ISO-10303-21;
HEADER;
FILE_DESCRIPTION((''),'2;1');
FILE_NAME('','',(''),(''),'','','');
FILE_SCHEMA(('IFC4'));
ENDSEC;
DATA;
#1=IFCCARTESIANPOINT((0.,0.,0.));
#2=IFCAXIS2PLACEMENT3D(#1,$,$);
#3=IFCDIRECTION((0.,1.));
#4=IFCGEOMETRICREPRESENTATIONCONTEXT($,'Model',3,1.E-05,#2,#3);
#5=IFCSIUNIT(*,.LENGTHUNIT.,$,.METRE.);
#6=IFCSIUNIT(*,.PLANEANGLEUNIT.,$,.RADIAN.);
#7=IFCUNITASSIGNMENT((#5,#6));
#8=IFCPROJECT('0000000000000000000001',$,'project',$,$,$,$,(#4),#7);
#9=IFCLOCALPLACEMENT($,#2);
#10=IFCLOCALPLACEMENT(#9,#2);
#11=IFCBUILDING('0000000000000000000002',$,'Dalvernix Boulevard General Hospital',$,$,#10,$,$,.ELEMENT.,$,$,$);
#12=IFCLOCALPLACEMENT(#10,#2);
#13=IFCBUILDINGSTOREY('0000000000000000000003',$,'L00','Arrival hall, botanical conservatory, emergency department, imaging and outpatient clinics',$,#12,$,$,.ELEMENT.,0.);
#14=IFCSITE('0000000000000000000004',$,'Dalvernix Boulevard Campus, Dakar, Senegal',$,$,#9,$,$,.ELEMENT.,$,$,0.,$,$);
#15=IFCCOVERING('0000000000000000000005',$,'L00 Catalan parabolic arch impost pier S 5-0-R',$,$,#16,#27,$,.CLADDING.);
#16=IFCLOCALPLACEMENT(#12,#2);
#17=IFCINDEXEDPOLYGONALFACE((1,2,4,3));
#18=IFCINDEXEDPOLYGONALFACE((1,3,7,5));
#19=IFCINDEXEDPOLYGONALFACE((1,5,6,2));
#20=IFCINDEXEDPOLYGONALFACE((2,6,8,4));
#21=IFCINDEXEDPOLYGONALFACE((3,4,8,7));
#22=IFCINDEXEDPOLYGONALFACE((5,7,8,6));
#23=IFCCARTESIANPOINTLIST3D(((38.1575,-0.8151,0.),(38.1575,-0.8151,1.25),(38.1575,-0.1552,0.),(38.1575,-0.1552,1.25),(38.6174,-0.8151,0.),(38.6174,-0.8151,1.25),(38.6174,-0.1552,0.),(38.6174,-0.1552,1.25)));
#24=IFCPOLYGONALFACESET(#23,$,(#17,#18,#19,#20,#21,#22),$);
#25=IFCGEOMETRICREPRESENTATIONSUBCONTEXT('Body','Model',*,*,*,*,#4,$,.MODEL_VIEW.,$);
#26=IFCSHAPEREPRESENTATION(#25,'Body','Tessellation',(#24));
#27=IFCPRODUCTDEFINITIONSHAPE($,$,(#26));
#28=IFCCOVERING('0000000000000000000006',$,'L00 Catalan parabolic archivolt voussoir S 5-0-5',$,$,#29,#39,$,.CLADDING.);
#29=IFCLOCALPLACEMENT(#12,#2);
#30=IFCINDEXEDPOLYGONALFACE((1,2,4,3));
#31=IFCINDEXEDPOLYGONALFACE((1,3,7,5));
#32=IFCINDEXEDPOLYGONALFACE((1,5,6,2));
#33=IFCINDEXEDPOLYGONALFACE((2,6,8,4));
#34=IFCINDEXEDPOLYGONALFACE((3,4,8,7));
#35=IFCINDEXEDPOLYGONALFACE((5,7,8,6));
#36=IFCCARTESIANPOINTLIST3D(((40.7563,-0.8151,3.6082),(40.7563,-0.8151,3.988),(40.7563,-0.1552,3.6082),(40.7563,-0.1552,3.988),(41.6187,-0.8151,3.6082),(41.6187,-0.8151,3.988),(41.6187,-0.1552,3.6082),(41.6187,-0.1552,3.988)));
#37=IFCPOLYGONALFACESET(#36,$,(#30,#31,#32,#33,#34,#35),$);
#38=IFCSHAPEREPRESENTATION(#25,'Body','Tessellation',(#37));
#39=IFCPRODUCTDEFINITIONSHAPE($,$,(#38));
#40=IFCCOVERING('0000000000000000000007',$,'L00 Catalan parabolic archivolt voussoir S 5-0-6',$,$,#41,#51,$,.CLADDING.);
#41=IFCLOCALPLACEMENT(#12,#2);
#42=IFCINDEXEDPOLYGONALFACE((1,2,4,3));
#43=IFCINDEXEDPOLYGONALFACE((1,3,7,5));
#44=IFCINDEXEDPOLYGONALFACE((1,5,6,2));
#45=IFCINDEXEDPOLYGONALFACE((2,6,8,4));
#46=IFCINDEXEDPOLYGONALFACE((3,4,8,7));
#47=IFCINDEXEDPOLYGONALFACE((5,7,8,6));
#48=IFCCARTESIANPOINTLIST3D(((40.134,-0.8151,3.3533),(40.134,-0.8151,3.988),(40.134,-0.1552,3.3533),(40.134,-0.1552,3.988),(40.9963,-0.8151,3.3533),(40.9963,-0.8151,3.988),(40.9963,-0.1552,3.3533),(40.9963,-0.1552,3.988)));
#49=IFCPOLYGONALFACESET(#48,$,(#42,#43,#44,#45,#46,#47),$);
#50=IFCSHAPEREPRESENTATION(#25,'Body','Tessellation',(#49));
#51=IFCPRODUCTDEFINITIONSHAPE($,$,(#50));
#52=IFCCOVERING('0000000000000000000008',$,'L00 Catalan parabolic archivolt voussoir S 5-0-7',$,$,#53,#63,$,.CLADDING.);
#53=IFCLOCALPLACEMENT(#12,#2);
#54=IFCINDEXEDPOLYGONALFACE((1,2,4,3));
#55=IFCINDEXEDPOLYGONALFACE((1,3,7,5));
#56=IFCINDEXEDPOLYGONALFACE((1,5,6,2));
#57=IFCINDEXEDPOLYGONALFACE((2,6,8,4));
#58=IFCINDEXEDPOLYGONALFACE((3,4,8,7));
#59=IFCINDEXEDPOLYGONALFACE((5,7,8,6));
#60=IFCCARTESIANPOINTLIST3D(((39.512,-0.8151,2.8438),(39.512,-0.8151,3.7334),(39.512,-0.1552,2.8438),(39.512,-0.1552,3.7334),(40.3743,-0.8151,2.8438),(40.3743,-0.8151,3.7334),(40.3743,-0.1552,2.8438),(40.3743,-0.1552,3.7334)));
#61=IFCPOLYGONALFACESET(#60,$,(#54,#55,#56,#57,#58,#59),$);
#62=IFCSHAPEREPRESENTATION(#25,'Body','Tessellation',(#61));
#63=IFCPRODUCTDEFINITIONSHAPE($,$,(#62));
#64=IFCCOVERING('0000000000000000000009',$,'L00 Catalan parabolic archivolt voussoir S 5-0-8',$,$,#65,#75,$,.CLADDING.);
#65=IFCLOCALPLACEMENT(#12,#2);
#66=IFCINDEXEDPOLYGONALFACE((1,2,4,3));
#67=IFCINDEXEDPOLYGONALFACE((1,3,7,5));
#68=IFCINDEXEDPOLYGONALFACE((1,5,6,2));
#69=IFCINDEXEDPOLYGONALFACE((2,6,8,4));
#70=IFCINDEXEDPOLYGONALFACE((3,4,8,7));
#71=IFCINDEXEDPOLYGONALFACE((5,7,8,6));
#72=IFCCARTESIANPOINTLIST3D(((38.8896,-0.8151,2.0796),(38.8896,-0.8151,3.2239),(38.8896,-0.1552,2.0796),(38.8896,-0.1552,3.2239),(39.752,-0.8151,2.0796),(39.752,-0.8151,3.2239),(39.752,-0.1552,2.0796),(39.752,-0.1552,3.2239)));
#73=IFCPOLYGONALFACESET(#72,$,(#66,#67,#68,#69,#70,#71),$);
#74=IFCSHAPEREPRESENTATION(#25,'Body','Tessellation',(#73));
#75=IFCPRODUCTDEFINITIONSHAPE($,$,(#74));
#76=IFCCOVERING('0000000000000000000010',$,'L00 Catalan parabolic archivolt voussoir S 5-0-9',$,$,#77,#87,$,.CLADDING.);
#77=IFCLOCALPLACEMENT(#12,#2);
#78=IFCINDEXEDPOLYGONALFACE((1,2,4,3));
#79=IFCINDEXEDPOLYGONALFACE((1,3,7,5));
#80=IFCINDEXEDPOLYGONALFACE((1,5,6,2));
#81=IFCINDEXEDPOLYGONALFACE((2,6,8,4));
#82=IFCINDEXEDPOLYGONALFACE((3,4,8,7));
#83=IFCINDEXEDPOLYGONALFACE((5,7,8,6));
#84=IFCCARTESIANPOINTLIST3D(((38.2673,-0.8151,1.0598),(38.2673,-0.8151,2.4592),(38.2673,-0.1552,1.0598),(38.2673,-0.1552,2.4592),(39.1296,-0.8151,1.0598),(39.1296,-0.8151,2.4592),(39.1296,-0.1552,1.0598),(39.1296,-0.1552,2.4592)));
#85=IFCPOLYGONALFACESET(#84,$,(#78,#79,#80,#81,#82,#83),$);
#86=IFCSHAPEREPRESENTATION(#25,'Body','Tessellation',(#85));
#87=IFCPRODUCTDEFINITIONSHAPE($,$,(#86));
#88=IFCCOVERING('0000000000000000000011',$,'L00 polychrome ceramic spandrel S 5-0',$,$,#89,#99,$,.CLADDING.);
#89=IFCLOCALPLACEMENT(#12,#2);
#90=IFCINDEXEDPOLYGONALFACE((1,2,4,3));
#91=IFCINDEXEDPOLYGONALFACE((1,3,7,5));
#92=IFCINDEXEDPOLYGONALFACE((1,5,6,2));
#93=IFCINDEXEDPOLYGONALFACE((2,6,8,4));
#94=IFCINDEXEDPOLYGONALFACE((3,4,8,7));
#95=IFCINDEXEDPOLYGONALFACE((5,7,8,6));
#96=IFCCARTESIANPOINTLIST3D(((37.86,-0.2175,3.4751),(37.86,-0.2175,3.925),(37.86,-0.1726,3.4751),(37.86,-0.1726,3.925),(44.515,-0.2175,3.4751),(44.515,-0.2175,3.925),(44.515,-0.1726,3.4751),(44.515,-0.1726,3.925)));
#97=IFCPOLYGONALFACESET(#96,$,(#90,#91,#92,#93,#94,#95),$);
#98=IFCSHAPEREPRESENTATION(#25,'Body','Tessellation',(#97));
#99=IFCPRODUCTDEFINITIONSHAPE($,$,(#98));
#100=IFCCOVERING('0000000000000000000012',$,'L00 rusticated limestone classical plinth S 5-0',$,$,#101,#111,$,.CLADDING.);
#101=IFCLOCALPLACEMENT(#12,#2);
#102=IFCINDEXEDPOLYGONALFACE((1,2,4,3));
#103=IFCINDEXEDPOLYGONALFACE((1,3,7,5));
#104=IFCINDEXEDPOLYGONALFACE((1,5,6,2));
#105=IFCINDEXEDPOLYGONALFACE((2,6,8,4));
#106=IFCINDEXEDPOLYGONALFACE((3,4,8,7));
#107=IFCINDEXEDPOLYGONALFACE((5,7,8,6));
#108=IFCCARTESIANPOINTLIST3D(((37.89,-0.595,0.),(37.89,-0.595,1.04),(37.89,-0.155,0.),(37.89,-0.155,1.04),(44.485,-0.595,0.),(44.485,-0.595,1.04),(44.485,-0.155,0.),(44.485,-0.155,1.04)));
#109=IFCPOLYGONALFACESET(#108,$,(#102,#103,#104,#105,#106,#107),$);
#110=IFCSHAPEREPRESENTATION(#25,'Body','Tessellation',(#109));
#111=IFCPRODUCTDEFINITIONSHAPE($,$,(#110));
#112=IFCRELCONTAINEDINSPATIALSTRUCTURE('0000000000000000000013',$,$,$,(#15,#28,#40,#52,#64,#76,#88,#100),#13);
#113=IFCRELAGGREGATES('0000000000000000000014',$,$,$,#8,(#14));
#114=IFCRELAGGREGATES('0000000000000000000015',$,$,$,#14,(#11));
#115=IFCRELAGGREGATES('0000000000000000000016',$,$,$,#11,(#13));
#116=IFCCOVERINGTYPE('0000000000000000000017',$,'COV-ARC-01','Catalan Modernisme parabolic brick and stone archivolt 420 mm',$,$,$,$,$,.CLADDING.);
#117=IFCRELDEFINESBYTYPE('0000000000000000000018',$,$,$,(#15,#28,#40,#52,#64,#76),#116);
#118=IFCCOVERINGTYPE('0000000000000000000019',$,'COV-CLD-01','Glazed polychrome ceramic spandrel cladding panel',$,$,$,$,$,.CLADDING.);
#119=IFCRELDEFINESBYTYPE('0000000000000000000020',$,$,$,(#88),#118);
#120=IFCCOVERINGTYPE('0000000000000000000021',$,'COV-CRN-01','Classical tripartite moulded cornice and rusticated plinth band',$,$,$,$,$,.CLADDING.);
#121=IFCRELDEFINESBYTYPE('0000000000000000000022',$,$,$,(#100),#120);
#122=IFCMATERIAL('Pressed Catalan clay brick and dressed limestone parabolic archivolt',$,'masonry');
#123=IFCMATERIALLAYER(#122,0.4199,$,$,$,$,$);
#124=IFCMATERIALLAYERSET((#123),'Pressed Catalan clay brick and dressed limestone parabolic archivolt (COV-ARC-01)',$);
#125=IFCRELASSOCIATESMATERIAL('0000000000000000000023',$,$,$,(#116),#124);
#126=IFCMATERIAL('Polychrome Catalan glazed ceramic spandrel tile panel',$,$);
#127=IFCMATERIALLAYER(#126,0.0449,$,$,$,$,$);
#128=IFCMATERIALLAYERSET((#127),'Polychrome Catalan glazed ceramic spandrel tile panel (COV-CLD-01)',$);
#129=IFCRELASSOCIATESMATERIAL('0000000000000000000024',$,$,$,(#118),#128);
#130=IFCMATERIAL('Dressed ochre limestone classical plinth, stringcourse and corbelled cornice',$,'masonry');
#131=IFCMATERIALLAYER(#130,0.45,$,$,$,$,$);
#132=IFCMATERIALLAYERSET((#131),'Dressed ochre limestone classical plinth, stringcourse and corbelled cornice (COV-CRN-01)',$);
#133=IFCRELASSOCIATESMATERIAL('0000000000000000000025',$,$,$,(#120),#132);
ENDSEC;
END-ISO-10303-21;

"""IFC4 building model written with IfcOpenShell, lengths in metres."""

from ifc_helpers import new_model, si_unit, direction, frame, origin, origin_2d, place, context, subcontext, project, spatial, rectangle, extrude, material, layer, layer_set, type_object, element, save


model = new_model("IFC4")

# Units and contexts
model_context = context("Model", 3, precision=1e-05, world=origin(), true_north=direction((0.0, 1.0)))
body_context = subcontext(model_context, "Body", "Model", "MODEL_VIEW")
ifc_project = project(units=[si_unit("LENGTHUNIT", "METRE"), si_unit("PLANEANGLEUNIT", "RADIAN")], contexts=[model_context])

# Site, building, storey
site_placement = place(None, origin())
site = spatial("IfcSite", under=ifc_project, at=site_placement, Name="Dalvernix Boulevard Campus, Dakar, Senegal", CompositionType="ELEMENT", RefElevation=0.0)
building_placement = place(site_placement, origin())
building = spatial("IfcBuilding", under=site, at=building_placement, Name="Dalvernix Boulevard General Hospital", CompositionType="ELEMENT")
storey_placement = place(building_placement, origin())
storey = spatial("IfcBuildingStorey", under=building, at=storey_placement, Name="L00", Description="Arrival hall, botanical conservatory, emergency department, imaging and outpatient clinics", CompositionType="ELEMENT", Elevation=0.0)

# Coverings
ifc_material_1 = material(Name="Pressed Catalan clay brick and dressed limestone parabolic archivolt", Category="masonry")
ifc_layer_1 = layer(ifc_material_1, 0.4199)
ifc_layer_set_1 = layer_set([ifc_layer_1], Name="Pressed Catalan clay brick and dressed limestone parabolic archivolt (COV-ARC-01)")
covering_type_1 = type_object("IfcCoveringType", Name="COV-ARC-01", Description="Catalan Modernisme parabolic brick and stone archivolt 420 mm", PredefinedType="CLADDING", material=ifc_layer_set_1)
covering_1_placement = place(storey_placement, frame((38.3875, -0.4851, 0.0), z_axis=(0.0, 0.0, 1.0), x_axis=(-1.0, 0.0, 0.0)))
element("IfcCovering", 1, at=covering_1_placement, inside=storey, type_object=covering_type_1, Name="L00 Catalan parabolic arch impost pier S 5-0-R", PredefinedType="CLADDING", context=body_context, shape_type="SweptSolid", body=[
    extrude(rectangle(XDim=0.46, YDim=0.6599, at=origin_2d()), origin(), (0.0, 0.0, 1.0), 1.25),
])
covering_2_placement = place(storey_placement, frame((41.1875, -0.4851, 3.6082), z_axis=(0.0, 0.0, 1.0), x_axis=(-1.0, 0.0, 0.0)))
element("IfcCovering", 2, at=covering_2_placement, inside=storey, type_object=covering_type_1, Name="L00 Catalan parabolic archivolt voussoir S 5-0-5", PredefinedType="CLADDING", context=body_context, shape_type="SweptSolid", body=[
    extrude(rectangle(XDim=0.8623, YDim=0.6599, at=origin_2d()), origin(), (0.0, 0.0, 1.0), 0.3799),
])
covering_3_placement = place(storey_placement, frame((40.5652, -0.4851, 3.3533), z_axis=(0.0, 0.0, 1.0), x_axis=(-1.0, 0.0, 0.0)))
element("IfcCovering", 3, at=covering_3_placement, inside=storey, type_object=covering_type_1, Name="L00 Catalan parabolic archivolt voussoir S 5-0-6", PredefinedType="CLADDING", context=body_context, shape_type="SweptSolid", body=[
    extrude(rectangle(XDim=0.8623, YDim=0.6599, at=origin_2d()), origin(), (0.0, 0.0, 1.0), 0.6348),
])
covering_4_placement = place(storey_placement, frame((39.9431, -0.4851, 2.8438), z_axis=(0.0, 0.0, 1.0), x_axis=(-1.0, 0.0, 0.0)))
element("IfcCovering", 4, at=covering_4_placement, inside=storey, type_object=covering_type_1, Name="L00 Catalan parabolic archivolt voussoir S 5-0-7", PredefinedType="CLADDING", context=body_context, shape_type="SweptSolid", body=[
    extrude(rectangle(XDim=0.8623, YDim=0.6599, at=origin_2d()), origin(), (0.0, 0.0, 1.0), 0.8896),
])
covering_5_placement = place(storey_placement, frame((39.3208, -0.4851, 2.0796), z_axis=(0.0, 0.0, 1.0), x_axis=(-1.0, 0.0, 0.0)))
element("IfcCovering", 5, at=covering_5_placement, inside=storey, type_object=covering_type_1, Name="L00 Catalan parabolic archivolt voussoir S 5-0-8", PredefinedType="CLADDING", context=body_context, shape_type="SweptSolid", body=[
    extrude(rectangle(XDim=0.8623, YDim=0.6599, at=origin_2d()), origin(), (0.0, 0.0, 1.0), 1.1443),
])
covering_6_placement = place(storey_placement, frame((38.6985, -0.4851, 1.0598), z_axis=(0.0, 0.0, 1.0), x_axis=(-1.0, 0.0, 0.0)))
element("IfcCovering", 6, at=covering_6_placement, inside=storey, type_object=covering_type_1, Name="L00 Catalan parabolic archivolt voussoir S 5-0-9", PredefinedType="CLADDING", context=body_context, shape_type="SweptSolid", body=[
    extrude(rectangle(XDim=0.8623, YDim=0.6599, at=origin_2d()), origin(), (0.0, 0.0, 1.0), 1.3994),
])
ifc_material_2 = material(Name="Polychrome Catalan glazed ceramic spandrel tile panel")
ifc_layer_2 = layer(ifc_material_2, 0.0449)
ifc_layer_set_2 = layer_set([ifc_layer_2], Name="Polychrome Catalan glazed ceramic spandrel tile panel (COV-CLD-01)")
covering_type_2 = type_object("IfcCoveringType", Name="COV-CLD-01", Description="Glazed polychrome ceramic spandrel cladding panel", PredefinedType="CLADDING", material=ifc_layer_set_2)
covering_7_placement = place(storey_placement, frame((41.1875, -0.1951, 3.4751), z_axis=(0.0, 0.0, 1.0), x_axis=(-1.0, 0.0, 0.0)))
element("IfcCovering", 7, at=covering_7_placement, inside=storey, type_object=covering_type_2, Name="L00 polychrome ceramic spandrel S 5-0", PredefinedType="CLADDING", context=body_context, shape_type="SweptSolid", body=[
    extrude(rectangle(XDim=6.655, YDim=0.0449, at=origin_2d()), origin(), (0.0, 0.0, 1.0), 0.45),
])
ifc_material_3 = material(Name="Dressed ochre limestone classical plinth, stringcourse and corbelled cornice", Category="masonry")
ifc_layer_3 = layer(ifc_material_3, 0.45)
ifc_layer_set_3 = layer_set([ifc_layer_3], Name="Dressed ochre limestone classical plinth, stringcourse and corbelled cornice (COV-CRN-01)")
covering_type_3 = type_object("IfcCoveringType", Name="COV-CRN-01", Description="Classical tripartite moulded cornice and rusticated plinth band", PredefinedType="CLADDING", material=ifc_layer_set_3)
covering_8_placement = place(storey_placement, frame((41.1875, -0.375, 0.0), z_axis=(0.0, 0.0, 1.0), x_axis=(-1.0, 0.0, 0.0)))
element("IfcCovering", 8, at=covering_8_placement, inside=storey, type_object=covering_type_3, Name="L00 rusticated limestone classical plinth S 5-0", PredefinedType="CLADDING", context=body_context, shape_type="SweptSolid", body=[
    extrude(rectangle(XDim=6.595, YDim=0.4399, at=origin_2d()), origin(), (0.0, 0.0, 1.0), 1.04),
])

save(model, "model.ifc")
